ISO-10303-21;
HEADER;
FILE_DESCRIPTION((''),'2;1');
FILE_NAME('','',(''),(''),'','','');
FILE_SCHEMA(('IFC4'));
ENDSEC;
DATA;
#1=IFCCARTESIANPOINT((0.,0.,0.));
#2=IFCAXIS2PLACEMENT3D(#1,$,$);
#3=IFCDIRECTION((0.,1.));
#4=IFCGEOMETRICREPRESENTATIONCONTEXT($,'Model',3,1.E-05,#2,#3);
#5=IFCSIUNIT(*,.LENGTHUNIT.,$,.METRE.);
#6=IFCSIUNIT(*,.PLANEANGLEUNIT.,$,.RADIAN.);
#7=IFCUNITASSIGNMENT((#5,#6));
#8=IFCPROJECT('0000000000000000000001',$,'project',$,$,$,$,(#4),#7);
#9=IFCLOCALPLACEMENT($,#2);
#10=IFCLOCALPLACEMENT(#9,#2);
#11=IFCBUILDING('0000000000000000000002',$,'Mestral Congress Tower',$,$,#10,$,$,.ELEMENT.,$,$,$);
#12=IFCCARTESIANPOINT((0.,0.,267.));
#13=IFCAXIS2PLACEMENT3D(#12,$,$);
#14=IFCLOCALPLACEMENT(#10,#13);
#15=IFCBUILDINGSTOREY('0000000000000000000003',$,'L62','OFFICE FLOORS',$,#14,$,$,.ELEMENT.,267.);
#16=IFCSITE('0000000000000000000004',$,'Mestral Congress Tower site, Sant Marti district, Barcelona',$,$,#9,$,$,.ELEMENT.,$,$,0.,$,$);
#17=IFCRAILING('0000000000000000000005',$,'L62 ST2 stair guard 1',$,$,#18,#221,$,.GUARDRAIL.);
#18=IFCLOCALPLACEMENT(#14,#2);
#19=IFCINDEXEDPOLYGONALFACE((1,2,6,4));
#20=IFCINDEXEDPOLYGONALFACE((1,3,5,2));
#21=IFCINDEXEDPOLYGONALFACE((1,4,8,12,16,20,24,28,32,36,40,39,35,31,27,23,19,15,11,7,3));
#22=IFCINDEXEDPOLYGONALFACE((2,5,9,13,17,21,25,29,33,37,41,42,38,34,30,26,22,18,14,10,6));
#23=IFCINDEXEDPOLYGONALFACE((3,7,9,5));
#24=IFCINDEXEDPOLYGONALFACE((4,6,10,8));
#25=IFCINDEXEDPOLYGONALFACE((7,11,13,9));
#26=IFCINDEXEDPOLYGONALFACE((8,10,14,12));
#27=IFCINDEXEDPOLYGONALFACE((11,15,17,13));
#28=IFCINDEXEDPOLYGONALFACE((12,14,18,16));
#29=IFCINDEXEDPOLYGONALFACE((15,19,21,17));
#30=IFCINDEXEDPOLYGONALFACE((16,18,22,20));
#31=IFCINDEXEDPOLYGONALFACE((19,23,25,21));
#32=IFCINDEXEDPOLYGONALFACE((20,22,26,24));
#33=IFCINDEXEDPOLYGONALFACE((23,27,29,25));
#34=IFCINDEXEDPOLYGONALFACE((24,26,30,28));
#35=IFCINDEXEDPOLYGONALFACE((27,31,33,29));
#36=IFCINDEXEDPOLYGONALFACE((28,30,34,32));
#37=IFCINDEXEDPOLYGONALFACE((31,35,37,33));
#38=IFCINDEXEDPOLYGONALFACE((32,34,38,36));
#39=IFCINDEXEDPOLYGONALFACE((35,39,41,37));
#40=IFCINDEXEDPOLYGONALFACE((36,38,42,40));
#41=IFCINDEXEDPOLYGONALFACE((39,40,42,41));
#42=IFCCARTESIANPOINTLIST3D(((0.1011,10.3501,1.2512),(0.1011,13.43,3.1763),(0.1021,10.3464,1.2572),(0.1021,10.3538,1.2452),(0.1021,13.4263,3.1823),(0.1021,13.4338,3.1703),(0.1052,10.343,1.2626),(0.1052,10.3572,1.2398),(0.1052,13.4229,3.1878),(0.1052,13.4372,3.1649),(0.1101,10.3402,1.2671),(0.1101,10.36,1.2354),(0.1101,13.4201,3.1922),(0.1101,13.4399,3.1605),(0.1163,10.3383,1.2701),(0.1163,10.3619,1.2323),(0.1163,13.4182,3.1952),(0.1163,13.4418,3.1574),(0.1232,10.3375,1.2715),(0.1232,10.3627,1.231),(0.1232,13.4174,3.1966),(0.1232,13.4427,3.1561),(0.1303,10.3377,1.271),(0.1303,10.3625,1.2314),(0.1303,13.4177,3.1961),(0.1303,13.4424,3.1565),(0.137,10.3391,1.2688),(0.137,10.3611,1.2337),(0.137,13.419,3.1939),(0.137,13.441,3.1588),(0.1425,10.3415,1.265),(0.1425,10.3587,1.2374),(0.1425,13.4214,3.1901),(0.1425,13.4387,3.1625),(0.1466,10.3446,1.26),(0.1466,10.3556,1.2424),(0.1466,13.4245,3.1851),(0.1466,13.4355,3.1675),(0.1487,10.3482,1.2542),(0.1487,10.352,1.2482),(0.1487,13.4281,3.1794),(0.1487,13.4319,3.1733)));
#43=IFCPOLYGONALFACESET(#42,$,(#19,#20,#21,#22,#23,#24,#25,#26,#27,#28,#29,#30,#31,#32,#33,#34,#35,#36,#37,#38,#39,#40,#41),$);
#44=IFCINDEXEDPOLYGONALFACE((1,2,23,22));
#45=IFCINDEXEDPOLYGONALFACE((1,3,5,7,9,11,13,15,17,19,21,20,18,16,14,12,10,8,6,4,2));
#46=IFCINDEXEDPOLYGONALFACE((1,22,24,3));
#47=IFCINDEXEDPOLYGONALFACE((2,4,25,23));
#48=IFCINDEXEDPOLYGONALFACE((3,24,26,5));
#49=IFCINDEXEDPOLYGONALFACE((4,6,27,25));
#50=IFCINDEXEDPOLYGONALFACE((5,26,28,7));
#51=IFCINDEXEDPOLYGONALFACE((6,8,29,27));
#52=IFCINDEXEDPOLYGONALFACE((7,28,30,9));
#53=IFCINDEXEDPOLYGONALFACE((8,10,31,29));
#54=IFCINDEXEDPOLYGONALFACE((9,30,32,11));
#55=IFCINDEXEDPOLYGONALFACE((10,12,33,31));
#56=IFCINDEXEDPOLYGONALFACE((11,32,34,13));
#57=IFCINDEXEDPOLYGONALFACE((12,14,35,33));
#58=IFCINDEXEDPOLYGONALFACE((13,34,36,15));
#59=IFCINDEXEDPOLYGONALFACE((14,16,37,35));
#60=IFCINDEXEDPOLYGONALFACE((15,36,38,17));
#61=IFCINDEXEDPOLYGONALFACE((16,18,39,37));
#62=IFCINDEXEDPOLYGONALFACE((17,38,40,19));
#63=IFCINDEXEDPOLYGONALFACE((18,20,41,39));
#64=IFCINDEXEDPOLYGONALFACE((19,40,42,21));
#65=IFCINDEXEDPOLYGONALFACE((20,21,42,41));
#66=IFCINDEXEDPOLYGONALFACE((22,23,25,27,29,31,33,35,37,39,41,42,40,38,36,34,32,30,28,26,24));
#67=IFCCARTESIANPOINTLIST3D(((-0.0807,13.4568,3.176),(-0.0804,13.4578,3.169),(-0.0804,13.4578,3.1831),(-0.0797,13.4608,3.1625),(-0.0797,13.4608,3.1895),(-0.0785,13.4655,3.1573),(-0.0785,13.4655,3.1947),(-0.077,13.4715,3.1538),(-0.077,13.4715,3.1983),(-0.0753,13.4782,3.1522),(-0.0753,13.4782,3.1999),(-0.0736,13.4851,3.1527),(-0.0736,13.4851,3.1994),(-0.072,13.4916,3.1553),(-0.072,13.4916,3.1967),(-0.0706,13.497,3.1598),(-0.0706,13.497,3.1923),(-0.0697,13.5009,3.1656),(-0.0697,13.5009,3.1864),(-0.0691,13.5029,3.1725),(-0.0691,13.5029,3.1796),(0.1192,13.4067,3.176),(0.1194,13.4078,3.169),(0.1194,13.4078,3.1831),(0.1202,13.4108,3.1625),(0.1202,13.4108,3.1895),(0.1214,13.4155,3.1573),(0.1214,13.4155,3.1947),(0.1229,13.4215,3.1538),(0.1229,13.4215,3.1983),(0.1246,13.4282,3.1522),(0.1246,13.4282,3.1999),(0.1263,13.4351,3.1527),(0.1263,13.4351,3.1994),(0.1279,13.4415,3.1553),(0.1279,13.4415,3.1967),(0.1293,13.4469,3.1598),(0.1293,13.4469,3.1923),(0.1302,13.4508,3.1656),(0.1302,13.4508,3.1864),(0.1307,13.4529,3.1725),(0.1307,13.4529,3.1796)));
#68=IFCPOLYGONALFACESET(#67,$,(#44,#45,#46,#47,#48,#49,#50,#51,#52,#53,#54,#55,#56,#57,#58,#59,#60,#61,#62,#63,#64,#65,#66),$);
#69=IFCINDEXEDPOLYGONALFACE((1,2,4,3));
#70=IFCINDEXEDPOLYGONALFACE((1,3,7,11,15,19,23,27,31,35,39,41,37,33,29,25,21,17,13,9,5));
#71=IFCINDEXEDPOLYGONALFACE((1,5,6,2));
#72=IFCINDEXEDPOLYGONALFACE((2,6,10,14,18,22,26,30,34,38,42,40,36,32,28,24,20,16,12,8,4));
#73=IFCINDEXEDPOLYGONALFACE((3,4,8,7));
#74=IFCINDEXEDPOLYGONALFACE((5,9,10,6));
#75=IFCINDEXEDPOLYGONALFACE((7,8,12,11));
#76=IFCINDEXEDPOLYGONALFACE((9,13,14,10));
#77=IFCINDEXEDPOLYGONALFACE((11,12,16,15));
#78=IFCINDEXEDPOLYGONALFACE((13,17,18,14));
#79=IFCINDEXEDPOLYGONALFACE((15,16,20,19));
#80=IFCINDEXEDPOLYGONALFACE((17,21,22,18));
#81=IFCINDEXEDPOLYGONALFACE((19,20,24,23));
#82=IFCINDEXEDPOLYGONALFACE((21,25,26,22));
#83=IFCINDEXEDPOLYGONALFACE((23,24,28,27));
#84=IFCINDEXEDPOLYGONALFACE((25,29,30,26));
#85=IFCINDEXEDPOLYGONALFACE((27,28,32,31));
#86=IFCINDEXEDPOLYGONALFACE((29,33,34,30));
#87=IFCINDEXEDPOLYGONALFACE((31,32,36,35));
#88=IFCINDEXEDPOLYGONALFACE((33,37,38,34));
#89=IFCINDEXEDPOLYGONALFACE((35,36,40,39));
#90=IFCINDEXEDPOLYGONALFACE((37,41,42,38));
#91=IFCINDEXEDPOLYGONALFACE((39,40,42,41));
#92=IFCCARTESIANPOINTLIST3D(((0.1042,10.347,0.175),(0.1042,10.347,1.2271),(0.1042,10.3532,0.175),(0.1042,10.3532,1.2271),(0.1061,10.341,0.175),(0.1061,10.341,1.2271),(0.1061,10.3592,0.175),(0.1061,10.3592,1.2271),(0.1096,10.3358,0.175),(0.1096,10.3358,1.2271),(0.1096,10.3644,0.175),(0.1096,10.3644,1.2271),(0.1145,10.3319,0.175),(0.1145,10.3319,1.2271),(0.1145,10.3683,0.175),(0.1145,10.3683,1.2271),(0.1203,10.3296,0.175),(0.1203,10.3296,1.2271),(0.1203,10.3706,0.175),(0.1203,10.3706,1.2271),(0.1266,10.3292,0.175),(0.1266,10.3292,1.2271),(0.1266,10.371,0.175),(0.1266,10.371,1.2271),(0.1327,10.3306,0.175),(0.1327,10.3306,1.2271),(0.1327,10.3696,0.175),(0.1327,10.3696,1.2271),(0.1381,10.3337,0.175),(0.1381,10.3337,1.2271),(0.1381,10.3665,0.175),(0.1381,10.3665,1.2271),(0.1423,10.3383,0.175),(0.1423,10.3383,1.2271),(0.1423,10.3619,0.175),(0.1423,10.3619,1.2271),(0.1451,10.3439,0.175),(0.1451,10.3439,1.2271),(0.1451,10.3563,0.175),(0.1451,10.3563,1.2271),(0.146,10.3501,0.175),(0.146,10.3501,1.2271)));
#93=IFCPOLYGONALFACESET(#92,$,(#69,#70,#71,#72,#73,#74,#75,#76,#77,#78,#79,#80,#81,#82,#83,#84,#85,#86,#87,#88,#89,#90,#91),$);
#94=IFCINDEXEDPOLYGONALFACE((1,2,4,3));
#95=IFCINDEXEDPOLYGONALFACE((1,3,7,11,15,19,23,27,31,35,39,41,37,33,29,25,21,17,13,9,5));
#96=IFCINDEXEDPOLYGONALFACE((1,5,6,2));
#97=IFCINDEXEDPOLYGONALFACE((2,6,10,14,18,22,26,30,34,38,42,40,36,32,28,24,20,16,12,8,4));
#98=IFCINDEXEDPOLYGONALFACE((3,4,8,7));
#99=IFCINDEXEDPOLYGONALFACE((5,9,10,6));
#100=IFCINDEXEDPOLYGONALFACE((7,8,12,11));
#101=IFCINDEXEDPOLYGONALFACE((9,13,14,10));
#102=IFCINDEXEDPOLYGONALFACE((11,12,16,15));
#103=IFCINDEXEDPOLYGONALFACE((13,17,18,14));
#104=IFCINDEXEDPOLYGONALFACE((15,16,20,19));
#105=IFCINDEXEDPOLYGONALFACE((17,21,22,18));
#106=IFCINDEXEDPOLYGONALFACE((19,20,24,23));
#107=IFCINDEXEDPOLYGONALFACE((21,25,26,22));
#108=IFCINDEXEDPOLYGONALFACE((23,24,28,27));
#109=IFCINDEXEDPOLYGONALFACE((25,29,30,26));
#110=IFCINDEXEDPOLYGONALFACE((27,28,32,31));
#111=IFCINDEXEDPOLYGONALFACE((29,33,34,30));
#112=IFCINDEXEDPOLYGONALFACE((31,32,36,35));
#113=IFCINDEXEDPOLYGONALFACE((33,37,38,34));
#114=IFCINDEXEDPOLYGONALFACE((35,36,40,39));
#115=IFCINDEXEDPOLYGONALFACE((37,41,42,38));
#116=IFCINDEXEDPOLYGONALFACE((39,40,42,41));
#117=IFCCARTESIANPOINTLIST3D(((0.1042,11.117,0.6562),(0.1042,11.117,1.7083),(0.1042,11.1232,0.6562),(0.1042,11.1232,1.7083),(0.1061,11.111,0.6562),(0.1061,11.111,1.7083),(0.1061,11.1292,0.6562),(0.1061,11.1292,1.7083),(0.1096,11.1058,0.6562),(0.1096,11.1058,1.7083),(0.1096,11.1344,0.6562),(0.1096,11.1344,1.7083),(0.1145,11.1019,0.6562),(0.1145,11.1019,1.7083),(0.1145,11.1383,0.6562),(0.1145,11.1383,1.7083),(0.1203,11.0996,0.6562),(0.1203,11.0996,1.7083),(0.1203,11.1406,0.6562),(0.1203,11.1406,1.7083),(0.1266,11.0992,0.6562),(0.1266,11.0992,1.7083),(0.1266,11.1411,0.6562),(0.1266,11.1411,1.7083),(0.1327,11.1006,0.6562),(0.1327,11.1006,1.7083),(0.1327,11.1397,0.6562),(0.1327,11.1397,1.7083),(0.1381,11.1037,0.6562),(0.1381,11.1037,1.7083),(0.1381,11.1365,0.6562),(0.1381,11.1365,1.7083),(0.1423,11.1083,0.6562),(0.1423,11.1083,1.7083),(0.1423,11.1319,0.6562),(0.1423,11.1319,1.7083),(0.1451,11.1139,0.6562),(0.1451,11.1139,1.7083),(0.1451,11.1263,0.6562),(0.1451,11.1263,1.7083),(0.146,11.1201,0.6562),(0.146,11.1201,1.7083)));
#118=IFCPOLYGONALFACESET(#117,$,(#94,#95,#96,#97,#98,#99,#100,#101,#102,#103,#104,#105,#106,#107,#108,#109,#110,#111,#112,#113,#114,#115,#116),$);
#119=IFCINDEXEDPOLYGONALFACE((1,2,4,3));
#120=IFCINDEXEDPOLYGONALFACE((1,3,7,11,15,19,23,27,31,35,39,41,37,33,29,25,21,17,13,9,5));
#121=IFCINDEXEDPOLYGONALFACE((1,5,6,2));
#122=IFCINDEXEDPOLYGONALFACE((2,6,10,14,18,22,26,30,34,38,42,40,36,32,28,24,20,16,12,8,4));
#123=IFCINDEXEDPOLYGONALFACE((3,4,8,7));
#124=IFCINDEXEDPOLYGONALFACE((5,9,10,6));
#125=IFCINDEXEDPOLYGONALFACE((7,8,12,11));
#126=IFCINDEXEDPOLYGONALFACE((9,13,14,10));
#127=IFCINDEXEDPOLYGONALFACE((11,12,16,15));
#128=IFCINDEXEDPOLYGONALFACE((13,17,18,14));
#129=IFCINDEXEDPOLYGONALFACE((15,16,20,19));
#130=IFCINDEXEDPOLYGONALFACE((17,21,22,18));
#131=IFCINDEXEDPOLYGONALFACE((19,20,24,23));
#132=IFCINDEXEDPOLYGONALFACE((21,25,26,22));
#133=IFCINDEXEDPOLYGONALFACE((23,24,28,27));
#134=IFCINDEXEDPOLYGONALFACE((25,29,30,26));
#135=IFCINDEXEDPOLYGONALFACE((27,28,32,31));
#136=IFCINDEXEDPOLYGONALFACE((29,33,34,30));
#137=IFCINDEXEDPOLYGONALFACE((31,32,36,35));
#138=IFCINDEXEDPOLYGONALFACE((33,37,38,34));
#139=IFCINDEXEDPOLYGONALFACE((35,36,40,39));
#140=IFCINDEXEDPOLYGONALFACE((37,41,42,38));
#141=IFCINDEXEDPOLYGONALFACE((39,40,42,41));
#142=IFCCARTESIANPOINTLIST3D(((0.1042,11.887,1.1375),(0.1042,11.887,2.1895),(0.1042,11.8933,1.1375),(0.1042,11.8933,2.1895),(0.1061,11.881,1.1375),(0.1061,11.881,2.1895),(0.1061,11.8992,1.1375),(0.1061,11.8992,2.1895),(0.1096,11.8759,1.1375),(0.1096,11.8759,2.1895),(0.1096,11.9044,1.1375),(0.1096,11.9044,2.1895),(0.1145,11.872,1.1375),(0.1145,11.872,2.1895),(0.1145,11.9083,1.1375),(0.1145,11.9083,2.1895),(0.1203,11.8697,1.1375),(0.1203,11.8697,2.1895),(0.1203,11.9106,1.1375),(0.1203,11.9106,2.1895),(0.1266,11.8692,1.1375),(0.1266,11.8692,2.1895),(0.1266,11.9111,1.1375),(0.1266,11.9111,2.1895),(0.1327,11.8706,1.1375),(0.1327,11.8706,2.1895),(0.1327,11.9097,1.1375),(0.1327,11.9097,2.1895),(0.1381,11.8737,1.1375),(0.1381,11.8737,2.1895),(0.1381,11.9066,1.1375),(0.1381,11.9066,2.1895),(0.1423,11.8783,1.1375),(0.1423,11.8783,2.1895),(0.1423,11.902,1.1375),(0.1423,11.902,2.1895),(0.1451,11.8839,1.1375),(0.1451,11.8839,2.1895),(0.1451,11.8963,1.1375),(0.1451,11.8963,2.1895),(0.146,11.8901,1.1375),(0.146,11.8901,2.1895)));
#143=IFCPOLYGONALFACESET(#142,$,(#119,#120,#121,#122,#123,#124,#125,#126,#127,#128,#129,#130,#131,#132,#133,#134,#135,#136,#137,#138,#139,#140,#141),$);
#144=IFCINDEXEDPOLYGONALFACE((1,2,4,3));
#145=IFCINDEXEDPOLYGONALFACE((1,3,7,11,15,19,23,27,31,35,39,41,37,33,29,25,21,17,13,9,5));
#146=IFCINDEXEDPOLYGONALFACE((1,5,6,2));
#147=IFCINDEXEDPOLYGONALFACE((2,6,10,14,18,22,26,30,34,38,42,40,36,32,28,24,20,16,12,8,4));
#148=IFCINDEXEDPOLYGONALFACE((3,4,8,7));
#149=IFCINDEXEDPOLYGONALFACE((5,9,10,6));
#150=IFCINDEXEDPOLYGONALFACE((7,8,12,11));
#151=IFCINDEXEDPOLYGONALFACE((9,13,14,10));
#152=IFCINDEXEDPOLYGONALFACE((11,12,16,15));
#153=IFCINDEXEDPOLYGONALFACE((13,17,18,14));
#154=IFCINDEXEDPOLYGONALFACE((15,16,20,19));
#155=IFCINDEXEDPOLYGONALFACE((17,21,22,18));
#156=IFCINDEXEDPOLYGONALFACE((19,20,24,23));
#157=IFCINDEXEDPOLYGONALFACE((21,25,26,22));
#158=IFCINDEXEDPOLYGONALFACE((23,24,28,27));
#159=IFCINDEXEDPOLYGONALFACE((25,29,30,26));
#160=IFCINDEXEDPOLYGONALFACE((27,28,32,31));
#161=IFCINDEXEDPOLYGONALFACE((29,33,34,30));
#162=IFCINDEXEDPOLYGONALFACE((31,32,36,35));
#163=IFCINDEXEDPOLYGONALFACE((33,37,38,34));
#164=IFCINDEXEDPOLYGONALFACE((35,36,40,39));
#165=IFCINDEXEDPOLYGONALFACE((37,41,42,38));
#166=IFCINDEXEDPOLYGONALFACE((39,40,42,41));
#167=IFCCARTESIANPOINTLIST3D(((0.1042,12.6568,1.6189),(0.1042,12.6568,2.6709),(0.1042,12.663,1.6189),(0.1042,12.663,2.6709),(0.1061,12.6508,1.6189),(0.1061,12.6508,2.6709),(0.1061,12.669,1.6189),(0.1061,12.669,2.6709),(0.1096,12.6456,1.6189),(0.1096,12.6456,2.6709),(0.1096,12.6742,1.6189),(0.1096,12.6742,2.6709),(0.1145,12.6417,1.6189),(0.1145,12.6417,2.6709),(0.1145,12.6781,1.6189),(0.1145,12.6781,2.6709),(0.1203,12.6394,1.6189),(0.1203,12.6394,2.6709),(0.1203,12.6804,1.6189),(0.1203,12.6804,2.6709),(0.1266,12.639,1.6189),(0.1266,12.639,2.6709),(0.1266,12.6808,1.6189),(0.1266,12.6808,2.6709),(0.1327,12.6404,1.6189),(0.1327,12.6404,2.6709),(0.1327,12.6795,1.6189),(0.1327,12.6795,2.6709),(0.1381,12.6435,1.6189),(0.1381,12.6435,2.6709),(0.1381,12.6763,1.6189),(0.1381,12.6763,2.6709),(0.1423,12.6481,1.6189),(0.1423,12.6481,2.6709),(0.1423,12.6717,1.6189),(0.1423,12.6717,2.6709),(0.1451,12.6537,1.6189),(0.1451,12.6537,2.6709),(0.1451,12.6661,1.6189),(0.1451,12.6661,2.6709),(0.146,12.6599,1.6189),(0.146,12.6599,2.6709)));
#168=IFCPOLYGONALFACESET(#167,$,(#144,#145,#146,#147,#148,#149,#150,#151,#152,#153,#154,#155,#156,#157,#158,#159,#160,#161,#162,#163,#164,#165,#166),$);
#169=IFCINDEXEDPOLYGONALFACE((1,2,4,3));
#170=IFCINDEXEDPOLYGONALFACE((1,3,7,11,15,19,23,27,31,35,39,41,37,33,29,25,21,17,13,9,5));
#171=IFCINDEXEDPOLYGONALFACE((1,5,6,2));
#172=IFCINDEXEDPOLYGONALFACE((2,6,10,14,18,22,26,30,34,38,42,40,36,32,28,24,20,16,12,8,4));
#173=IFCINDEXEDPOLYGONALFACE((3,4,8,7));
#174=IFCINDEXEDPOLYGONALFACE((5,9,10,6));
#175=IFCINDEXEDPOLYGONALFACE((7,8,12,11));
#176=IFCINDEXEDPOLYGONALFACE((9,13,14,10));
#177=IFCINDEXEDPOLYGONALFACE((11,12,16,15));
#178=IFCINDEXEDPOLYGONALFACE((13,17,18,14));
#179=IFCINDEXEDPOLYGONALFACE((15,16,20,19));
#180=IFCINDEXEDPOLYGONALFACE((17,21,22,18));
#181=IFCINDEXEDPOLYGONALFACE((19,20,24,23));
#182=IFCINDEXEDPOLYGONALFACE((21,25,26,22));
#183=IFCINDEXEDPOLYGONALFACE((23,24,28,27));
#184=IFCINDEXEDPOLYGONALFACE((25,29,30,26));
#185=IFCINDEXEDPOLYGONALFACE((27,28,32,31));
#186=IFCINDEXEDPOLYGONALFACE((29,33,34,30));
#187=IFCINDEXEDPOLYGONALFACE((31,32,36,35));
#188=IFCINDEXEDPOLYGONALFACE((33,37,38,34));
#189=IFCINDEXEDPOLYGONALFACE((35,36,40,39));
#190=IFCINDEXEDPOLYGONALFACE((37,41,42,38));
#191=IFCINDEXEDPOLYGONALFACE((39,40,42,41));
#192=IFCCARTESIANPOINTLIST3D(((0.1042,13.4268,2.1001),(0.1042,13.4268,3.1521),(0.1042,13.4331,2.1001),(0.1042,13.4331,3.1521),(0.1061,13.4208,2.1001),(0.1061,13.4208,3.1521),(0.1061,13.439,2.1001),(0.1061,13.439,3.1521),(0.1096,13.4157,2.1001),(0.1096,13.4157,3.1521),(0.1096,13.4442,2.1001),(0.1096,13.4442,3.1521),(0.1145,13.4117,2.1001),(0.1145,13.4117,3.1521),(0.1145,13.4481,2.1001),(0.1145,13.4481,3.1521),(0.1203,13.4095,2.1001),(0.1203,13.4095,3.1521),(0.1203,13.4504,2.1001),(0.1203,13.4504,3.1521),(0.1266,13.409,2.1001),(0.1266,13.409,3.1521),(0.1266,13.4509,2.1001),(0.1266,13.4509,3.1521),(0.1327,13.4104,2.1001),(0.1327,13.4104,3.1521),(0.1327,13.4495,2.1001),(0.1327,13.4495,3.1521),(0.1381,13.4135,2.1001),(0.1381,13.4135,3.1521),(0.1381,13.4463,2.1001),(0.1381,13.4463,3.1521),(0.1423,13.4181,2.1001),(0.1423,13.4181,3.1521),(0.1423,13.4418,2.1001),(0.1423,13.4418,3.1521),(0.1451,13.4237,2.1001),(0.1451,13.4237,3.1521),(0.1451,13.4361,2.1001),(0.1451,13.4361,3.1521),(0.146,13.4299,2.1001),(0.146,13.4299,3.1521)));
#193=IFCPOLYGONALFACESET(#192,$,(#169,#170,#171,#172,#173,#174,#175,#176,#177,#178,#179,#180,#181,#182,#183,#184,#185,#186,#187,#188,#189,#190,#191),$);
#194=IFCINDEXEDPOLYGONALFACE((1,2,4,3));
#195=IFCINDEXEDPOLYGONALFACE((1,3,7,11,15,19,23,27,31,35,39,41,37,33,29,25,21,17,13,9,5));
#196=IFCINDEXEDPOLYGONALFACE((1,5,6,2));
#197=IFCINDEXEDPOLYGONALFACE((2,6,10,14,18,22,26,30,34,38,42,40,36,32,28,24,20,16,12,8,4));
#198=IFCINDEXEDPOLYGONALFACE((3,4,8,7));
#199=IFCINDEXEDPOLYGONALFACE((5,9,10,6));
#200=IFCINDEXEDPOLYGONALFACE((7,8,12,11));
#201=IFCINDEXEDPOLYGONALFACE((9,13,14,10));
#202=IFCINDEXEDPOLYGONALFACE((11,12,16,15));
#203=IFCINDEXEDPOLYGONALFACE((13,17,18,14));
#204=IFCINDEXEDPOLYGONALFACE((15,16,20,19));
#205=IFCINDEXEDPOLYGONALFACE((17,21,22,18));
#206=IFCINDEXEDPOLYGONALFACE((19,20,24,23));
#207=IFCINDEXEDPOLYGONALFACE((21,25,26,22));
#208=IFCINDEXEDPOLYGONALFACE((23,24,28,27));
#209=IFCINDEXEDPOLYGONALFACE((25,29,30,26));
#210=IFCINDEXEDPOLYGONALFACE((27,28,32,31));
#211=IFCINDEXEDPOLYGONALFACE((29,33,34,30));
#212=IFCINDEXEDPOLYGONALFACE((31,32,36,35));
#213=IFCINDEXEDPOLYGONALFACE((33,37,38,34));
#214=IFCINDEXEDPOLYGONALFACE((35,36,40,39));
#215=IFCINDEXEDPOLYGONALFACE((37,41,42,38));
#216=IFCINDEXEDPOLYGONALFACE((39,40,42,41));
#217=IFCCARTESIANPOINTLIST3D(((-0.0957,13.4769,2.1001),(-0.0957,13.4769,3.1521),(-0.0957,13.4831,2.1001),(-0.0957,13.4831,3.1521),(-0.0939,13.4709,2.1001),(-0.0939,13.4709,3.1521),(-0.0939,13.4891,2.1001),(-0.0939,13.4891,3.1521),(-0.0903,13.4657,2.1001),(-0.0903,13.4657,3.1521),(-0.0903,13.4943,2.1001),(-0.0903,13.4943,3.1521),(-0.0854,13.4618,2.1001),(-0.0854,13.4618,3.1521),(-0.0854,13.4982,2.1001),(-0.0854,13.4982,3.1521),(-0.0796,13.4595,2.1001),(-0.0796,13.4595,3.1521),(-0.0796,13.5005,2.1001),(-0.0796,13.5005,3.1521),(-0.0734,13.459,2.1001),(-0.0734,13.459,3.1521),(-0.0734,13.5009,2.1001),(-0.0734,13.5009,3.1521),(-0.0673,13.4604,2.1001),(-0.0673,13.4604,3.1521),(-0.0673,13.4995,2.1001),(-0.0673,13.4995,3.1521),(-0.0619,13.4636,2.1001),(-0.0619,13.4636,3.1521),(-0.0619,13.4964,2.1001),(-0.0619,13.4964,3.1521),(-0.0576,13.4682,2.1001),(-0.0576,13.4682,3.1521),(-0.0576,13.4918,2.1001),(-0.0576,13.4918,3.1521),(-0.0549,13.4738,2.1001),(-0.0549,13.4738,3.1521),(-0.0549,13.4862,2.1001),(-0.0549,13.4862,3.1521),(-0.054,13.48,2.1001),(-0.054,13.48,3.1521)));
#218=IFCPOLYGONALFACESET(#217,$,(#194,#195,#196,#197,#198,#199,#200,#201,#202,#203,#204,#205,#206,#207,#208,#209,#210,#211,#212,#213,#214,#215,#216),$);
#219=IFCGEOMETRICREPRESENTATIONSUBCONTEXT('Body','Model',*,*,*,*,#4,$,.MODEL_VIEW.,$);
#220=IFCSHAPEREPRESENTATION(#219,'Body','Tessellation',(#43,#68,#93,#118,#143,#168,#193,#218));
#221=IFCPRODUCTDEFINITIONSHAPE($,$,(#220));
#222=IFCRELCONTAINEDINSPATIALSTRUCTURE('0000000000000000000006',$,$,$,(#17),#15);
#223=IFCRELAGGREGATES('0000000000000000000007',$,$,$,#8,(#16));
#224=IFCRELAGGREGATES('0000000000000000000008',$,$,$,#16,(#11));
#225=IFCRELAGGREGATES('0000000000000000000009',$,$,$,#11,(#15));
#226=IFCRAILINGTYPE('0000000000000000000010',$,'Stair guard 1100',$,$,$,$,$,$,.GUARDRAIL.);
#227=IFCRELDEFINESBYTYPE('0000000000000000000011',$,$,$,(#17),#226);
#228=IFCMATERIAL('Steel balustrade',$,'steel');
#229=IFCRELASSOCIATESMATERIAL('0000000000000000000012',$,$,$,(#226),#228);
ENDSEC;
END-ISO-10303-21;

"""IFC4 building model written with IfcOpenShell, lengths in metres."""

from ifc_helpers import new_model, si_unit, direction, frame, origin, origin_2d, place, context, subcontext, project, spatial, circle, extrude, material, type_object, element, save


model = new_model("IFC4")

# Units and contexts
model_context = context("Model", 3, precision=1e-05, world=origin(), true_north=direction((0.0, 1.0)))
body_context = subcontext(model_context, "Body", "Model", "MODEL_VIEW")
ifc_project = project(units=[si_unit("LENGTHUNIT", "METRE"), si_unit("PLANEANGLEUNIT", "RADIAN")], contexts=[model_context])

# Site, building, storey
site_placement = place(None, origin())
site = spatial("IfcSite", under=ifc_project, at=site_placement, Name="Mestral Congress Tower site, Sant Marti district, Barcelona", CompositionType="ELEMENT", RefElevation=0.0)
building_placement = place(site_placement, origin())
building = spatial("IfcBuilding", under=site, at=building_placement, Name="Mestral Congress Tower", CompositionType="ELEMENT")
storey_placement = place(building_placement, frame((0.0, 0.0, 267.0)))
storey = spatial("IfcBuildingStorey", under=building, at=storey_placement, Name="L62", Description="OFFICE FLOORS", CompositionType="ELEMENT", Elevation=267.0)

# Railing
ifc_material_1 = material(Name="Steel balustrade", Category="steel")
railing_type_1 = type_object("IfcRailingType", Name="Stair guard 1100", PredefinedType="GUARDRAIL", material=ifc_material_1)
railing_1_placement = place(storey_placement, frame((0.125, 10.3501, 0.175)))
element("IfcRailing", 1, at=railing_1_placement, inside=storey, type_object=railing_type_1, Name="L62 ST2 stair guard 1", PredefinedType="GUARDRAIL", context=body_context, shape_type="SweptSolid", body=[
    extrude(circle(Radius=0.0239, at=origin_2d()), frame((0.0, 0.0, 1.0762), z_axis=(0.0, 0.847979, 0.530029), x_axis=(-1.0, 0.0, 0.0)), (0.0, 0.0, 1.0), 3.6321),
    extrude(circle(Radius=0.0239, at=origin_2d()), frame((0.0, 3.0798, 3.001), z_axis=(-0.970073, 0.242814, 0.0), x_axis=(-0.242814, -0.970073, 0.0)), (0.0, 0.0, 1.0), 0.2061),
    extrude(circle(Radius=0.021, at=origin_2d()), origin(), (0.0, 0.0, 1.0), 1.052),
    extrude(circle(Radius=0.021, at=origin_2d()), frame((0.0, 0.77, 0.4812)), (0.0, 0.0, 1.0), 1.052),
    extrude(circle(Radius=0.021, at=origin_2d()), frame((0.0, 1.54, 0.9624)), (0.0, 0.0, 1.0), 1.052),
    extrude(circle(Radius=0.021, at=origin_2d()), frame((0.0, 2.3098, 1.4438)), (0.0, 0.0, 1.0), 1.052),
    extrude(circle(Radius=0.021, at=origin_2d()), frame((0.0, 3.0798, 1.925)), (0.0, 0.0, 1.0), 1.052),
    extrude(circle(Radius=0.021, at=origin_2d()), frame((-0.2, 3.1299, 1.925)), (0.0, 0.0, 1.0), 1.052),
])

save(model, "model.ifc")
